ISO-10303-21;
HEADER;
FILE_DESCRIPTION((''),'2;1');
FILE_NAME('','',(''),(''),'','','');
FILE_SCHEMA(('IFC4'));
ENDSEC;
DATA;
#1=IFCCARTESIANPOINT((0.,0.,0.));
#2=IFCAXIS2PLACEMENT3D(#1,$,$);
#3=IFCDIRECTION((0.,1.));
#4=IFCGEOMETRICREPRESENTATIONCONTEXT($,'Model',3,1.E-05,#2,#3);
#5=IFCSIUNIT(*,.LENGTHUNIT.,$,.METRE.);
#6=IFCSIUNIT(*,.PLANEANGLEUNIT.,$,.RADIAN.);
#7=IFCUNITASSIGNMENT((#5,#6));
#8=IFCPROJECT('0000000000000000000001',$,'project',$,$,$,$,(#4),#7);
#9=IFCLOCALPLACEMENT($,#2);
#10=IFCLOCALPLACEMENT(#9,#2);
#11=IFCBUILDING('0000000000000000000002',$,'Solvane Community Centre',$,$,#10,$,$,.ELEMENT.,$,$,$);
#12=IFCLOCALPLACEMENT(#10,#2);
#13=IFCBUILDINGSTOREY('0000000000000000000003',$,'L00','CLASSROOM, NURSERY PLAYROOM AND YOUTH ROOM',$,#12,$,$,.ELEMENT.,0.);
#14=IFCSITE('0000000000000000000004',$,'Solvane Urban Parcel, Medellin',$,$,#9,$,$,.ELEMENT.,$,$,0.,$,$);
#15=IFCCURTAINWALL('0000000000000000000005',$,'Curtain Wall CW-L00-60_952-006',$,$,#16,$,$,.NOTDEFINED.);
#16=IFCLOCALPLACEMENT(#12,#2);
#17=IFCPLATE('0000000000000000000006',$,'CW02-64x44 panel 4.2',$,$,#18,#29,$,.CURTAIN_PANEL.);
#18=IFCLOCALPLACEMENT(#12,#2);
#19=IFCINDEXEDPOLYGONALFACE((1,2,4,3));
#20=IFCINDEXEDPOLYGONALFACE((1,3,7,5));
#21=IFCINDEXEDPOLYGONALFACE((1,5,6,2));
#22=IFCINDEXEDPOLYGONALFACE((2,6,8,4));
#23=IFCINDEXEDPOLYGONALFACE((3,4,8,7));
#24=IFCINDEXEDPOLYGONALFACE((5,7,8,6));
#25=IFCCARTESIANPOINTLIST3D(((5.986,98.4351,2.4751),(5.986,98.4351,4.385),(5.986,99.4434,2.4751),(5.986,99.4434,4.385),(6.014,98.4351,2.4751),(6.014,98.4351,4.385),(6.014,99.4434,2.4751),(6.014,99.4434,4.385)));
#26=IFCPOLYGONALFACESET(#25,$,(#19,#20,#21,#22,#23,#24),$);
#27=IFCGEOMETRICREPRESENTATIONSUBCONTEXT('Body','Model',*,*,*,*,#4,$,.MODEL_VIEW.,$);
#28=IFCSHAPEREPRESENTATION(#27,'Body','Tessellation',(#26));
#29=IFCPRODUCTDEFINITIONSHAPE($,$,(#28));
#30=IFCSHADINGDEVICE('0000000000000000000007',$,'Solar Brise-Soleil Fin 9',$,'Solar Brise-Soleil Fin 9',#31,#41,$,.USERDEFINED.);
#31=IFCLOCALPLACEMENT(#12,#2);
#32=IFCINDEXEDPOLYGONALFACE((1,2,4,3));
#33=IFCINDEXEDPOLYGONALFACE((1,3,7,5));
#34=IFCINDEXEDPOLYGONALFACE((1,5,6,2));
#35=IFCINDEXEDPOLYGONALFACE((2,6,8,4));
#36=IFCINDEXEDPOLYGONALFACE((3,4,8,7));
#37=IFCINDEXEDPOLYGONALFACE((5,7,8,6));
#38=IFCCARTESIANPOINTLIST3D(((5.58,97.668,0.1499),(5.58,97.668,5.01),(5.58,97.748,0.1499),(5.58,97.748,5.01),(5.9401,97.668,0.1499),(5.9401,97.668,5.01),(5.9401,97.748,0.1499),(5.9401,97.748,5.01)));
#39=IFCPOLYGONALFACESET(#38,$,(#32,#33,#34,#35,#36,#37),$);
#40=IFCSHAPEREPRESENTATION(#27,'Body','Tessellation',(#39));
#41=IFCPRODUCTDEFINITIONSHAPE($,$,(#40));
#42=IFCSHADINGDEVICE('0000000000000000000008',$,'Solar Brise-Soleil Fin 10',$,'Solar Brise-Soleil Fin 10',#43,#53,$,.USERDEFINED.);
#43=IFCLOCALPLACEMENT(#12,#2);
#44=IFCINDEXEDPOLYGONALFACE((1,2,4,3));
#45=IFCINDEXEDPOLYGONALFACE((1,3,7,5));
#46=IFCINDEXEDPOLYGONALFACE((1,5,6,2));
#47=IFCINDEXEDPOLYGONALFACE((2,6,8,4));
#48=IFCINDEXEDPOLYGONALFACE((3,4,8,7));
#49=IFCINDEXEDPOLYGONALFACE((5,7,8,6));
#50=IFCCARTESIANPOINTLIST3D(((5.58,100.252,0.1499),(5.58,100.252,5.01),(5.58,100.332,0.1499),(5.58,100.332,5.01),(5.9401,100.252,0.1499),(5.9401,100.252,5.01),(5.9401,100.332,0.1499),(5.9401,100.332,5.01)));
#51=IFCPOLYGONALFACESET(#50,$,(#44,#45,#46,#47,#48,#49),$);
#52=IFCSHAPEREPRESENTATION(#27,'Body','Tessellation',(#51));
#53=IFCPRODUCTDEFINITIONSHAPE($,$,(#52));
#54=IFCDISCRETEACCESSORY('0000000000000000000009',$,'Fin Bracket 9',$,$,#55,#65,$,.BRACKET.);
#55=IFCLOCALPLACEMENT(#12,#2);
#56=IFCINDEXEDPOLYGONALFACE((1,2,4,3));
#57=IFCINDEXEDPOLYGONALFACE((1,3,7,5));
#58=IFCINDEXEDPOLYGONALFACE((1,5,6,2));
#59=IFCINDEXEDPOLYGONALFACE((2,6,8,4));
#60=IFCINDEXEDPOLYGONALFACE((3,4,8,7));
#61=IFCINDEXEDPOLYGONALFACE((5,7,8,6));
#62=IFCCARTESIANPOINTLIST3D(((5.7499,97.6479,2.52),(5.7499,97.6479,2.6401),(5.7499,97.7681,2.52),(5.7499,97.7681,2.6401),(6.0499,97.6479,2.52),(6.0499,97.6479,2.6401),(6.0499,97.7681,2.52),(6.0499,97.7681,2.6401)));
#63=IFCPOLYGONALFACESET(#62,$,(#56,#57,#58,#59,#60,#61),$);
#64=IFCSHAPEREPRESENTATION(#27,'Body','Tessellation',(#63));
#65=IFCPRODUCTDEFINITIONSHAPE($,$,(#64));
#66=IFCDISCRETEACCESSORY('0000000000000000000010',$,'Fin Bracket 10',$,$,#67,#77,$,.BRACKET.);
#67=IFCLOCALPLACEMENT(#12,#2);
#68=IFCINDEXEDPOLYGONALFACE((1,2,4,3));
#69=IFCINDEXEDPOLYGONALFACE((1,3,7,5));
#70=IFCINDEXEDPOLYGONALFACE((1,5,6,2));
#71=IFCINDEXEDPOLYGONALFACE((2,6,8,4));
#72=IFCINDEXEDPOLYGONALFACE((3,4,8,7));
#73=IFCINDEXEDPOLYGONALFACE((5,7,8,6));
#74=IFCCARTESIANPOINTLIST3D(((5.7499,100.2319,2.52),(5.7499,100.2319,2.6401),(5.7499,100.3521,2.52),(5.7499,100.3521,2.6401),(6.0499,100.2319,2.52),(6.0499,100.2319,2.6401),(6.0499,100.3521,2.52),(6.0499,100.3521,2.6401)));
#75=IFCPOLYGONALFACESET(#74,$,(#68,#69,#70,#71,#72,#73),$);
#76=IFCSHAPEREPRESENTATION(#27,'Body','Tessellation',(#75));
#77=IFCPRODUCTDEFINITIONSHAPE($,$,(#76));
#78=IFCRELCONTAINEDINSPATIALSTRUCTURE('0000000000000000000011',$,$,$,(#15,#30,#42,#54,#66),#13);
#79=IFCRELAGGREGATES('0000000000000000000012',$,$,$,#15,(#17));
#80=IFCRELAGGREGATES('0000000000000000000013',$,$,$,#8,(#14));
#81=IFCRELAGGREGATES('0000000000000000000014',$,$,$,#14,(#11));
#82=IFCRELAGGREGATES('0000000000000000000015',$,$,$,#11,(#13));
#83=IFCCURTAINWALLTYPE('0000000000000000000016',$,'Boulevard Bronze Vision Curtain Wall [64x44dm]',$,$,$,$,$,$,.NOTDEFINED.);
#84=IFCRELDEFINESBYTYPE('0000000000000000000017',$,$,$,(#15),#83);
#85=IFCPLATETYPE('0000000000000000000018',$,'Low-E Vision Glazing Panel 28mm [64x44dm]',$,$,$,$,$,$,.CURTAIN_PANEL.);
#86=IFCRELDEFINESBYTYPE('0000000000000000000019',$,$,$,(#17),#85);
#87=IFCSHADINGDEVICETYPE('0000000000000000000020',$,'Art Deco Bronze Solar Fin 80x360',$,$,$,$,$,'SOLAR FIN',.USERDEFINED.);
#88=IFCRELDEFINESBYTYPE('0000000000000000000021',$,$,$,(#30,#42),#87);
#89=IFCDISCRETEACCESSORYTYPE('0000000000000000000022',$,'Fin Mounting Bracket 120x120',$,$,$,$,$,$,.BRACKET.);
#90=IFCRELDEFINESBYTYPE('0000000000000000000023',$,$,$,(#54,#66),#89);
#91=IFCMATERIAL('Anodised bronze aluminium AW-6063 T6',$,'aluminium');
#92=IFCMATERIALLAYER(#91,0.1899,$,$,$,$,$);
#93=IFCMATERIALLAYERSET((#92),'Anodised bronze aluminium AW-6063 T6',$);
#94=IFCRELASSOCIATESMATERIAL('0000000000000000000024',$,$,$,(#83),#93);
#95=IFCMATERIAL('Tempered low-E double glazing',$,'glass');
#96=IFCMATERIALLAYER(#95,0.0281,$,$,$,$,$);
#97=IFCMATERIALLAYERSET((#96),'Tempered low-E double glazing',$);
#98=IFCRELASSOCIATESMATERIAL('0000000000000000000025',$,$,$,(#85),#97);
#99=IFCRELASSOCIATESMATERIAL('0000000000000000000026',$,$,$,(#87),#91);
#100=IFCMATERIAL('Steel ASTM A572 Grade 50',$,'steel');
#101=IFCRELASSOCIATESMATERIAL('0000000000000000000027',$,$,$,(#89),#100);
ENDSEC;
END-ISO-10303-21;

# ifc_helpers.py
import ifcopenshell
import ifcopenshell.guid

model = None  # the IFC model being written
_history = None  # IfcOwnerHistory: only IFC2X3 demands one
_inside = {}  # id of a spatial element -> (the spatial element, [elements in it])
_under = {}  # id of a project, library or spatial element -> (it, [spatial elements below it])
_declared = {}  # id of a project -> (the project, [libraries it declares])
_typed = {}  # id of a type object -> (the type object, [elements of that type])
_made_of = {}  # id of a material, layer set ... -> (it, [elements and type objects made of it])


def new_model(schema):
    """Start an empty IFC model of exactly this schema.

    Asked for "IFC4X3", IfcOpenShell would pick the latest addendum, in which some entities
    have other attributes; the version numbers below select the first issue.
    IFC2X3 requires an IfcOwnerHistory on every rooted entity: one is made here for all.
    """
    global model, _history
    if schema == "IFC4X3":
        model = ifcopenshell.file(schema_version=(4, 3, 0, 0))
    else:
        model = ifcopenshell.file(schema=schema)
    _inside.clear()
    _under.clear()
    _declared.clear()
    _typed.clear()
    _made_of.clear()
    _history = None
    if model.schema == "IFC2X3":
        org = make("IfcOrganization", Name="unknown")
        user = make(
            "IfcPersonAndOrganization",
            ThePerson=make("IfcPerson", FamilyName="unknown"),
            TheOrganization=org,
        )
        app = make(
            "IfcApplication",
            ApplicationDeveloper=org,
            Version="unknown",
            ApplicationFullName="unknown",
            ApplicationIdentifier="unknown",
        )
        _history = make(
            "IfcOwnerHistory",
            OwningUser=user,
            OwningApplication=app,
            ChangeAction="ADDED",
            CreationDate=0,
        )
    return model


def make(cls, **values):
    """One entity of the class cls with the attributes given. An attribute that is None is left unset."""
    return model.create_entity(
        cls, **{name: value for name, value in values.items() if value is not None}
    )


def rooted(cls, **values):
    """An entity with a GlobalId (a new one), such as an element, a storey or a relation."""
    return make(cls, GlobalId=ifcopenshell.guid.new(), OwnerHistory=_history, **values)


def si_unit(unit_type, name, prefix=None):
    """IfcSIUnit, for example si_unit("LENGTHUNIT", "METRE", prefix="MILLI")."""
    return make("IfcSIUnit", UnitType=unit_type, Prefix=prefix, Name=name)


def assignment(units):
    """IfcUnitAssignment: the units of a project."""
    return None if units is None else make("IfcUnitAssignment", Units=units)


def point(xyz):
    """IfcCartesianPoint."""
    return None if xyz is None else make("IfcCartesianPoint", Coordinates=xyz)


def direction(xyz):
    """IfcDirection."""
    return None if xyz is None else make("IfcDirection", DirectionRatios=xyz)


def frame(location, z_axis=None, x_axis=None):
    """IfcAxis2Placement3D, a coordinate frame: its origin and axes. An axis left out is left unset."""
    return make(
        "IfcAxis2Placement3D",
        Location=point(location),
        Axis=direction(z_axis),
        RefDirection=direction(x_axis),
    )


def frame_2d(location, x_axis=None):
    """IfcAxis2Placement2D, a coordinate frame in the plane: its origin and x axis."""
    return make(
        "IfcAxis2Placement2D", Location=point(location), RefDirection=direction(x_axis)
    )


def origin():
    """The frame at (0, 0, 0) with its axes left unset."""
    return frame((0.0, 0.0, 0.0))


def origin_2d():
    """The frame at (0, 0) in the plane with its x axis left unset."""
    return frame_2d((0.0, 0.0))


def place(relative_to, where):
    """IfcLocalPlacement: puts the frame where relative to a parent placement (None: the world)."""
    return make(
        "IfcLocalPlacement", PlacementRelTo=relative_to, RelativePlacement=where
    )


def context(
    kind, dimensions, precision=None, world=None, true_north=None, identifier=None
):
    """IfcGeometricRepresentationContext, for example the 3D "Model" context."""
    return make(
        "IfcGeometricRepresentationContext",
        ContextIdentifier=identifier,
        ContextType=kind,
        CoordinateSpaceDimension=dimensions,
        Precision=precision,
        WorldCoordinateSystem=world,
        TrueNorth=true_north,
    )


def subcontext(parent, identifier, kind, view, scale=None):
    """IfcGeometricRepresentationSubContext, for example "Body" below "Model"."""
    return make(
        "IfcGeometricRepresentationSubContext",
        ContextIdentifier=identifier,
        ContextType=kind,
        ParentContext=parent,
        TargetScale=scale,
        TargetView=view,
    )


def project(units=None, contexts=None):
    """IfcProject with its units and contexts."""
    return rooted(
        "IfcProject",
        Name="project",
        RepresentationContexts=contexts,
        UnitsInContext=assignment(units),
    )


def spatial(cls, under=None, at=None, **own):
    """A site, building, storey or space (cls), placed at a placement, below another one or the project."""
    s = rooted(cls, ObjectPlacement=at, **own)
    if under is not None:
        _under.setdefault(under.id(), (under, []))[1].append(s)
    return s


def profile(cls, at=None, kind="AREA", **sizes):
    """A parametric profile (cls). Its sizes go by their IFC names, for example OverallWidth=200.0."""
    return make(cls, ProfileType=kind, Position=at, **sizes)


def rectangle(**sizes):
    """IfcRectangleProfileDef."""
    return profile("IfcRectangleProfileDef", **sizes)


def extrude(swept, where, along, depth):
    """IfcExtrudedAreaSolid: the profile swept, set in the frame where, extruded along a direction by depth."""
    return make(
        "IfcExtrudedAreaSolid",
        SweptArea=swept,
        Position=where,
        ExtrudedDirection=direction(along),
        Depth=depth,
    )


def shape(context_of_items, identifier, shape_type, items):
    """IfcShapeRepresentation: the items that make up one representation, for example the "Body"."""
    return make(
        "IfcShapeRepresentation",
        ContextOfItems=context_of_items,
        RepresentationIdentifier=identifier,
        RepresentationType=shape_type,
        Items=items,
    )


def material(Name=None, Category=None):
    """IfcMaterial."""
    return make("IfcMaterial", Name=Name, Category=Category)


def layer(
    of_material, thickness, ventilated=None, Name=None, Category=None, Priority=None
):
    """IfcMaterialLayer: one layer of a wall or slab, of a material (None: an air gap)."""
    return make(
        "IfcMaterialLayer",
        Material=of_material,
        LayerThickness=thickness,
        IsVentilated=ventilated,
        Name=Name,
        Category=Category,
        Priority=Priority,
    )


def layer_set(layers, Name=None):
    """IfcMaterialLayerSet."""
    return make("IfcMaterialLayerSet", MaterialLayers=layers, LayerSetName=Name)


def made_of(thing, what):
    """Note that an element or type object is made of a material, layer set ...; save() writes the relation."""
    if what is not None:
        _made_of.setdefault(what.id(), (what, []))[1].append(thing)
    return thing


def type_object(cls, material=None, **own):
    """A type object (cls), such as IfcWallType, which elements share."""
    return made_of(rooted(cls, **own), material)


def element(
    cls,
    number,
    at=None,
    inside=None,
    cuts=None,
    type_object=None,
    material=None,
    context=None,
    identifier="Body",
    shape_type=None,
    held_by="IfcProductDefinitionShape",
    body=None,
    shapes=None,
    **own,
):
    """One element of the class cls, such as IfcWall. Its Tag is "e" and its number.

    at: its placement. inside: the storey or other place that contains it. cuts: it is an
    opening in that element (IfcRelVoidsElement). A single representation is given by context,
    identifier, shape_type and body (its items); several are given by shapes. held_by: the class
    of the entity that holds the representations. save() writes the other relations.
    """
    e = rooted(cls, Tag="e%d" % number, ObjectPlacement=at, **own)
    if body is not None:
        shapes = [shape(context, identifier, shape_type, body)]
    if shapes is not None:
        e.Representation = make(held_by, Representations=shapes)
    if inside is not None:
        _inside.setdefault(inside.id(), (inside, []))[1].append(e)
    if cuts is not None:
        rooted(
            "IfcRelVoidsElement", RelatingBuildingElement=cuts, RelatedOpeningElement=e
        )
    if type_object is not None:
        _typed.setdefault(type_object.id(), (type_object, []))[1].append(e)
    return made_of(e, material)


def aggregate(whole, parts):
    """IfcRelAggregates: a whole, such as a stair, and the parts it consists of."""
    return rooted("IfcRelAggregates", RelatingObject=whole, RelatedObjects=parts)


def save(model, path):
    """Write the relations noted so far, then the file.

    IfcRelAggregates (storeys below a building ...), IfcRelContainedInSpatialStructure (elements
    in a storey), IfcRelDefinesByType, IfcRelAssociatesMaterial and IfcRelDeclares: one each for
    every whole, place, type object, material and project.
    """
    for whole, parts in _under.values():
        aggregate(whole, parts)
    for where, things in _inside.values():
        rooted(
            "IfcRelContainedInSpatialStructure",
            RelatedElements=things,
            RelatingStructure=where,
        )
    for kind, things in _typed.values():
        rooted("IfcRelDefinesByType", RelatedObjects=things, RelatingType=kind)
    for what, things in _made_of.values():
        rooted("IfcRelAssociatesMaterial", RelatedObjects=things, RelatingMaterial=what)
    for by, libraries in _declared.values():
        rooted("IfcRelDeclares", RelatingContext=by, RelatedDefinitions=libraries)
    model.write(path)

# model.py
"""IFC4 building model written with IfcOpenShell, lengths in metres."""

from ifc_helpers import new_model, si_unit, direction, frame, origin, origin_2d, place, context, subcontext, project, spatial, rectangle, extrude, material, layer, layer_set, type_object, element, aggregate, save


model = new_model("IFC4")

# Units and contexts
model_context = context("Model", 3, precision=1e-05, world=origin(), true_north=direction((0.0, 1.0)))
body_context = subcontext(model_context, "Body", "Model", "MODEL_VIEW")
ifc_project = project(units=[si_unit("LENGTHUNIT", "METRE"), si_unit("PLANEANGLEUNIT", "RADIAN")], contexts=[model_context])

# Site, building, storey
site_placement = place(None, origin())
site = spatial("IfcSite", under=ifc_project, at=site_placement, Name="Solvane Urban Parcel, Medellin", CompositionType="ELEMENT", RefElevation=0.0)
building_placement = place(site_placement, origin())
building = spatial("IfcBuilding", under=site, at=building_placement, Name="Solvane Community Centre", CompositionType="ELEMENT")
storey_placement = place(building_placement, origin())
storey = spatial("IfcBuildingStorey", under=building, at=storey_placement, Name="L00", Description="CLASSROOM, NURSERY PLAYROOM AND YOUTH ROOM", CompositionType="ELEMENT", Elevation=0.0)

# Curtain wall, plate
ifc_material_1 = material(Name="Anodised bronze aluminium AW-6063 T6", Category="aluminium")
ifc_layer_1 = layer(ifc_material_1, 0.1899)
ifc_layer_set_1 = layer_set([ifc_layer_1], Name="Anodised bronze aluminium AW-6063 T6")
curtain_wall_type = type_object("IfcCurtainWallType", Name="Boulevard Bronze Vision Curtain Wall [64x44dm]", PredefinedType="NOTDEFINED", material=ifc_layer_set_1)
curtain_wall_placement = place(storey_placement, origin())
curtain_wall = element("IfcCurtainWall", 1, at=curtain_wall_placement, inside=storey, type_object=curtain_wall_type, Name="Curtain Wall CW-L00-60_952-006", PredefinedType="NOTDEFINED")
ifc_material_2 = material(Name="Tempered low-E double glazing", Category="glass")
ifc_layer_2 = layer(ifc_material_2, 0.0281)
ifc_layer_set_2 = layer_set([ifc_layer_2], Name="Tempered low-E double glazing")
plate_type = type_object("IfcPlateType", Name="Low-E Vision Glazing Panel 28mm [64x44dm]", PredefinedType="CURTAIN_PANEL", material=ifc_layer_set_2)
plate_1_placement = place(storey_placement, frame((6.0, 98.9392, 2.4751), z_axis=(0.0, 0.0, 1.0), x_axis=(0.0, 1.0, 0.0)))
plate_1 = element("IfcPlate", 2, at=plate_1_placement, type_object=plate_type, Name="CW02-64x44 panel 4.2", PredefinedType="CURTAIN_PANEL", context=body_context, shape_type="SweptSolid", body=[
    extrude(rectangle(XDim=1.0083, YDim=0.0281, at=origin_2d()), origin(), (0.0, 0.0, 1.0), 1.9099),
])
aggregate(curtain_wall, [plate_1])

# Shading devices
shading_device_type = type_object("IfcShadingDeviceType", Name="Art Deco Bronze Solar Fin 80x360", ElementType="SOLAR FIN", PredefinedType="USERDEFINED", material=ifc_material_1)
shading_device_1_placement = place(storey_placement, frame((5.76, 97.708, 0.1499), z_axis=(0.0, 0.0, 1.0), x_axis=(0.0, 1.0, 0.0)))
element("IfcShadingDevice", 3, at=shading_device_1_placement, inside=storey, type_object=shading_device_type, Name="Solar Brise-Soleil Fin 9", ObjectType="Solar Brise-Soleil Fin 9", PredefinedType="USERDEFINED", context=body_context, shape_type="SweptSolid", body=[
    extrude(rectangle(XDim=0.0801, YDim=0.3601, at=origin_2d()), origin(), (0.0, 0.0, 1.0), 4.8601),
])
shading_device_2_placement = place(storey_placement, frame((5.76, 100.292, 0.1499), z_axis=(0.0, 0.0, 1.0), x_axis=(0.0, 1.0, 0.0)))
element("IfcShadingDevice", 4, at=shading_device_2_placement, inside=storey, type_object=shading_device_type, Name="Solar Brise-Soleil Fin 10", ObjectType="Solar Brise-Soleil Fin 10", PredefinedType="USERDEFINED", context=body_context, shape_type="SweptSolid", body=[
    extrude(rectangle(XDim=0.0801, YDim=0.3601, at=origin_2d()), origin(), (0.0, 0.0, 1.0), 4.8601),
])

# Discrete accessories
ifc_material_3 = material(Name="Steel ASTM A572 Grade 50", Category="steel")
discrete_accessory_type = type_object("IfcDiscreteAccessoryType", Name="Fin Mounting Bracket 120x120", PredefinedType="BRACKET", material=ifc_material_3)
for number, where, z_axis, x_axis, name in (
    (5, (5.8999, 97.708, 2.52), (0.0, 0.0, 1.0), (0.0, 1.0, 0.0), "Fin Bracket 9"),
    (6, (5.8999, 100.292, 2.52), (0.0, 0.0, 1.0), (0.0, 1.0, 0.0), "Fin Bracket 10"),
):
    element("IfcDiscreteAccessory", number, at=place(storey_placement, frame(where, z_axis=z_axis, x_axis=x_axis)), inside=storey, type_object=discrete_accessory_type, Name=name, PredefinedType="BRACKET", context=body_context, shape_type="SweptSolid", body=[
        extrude(rectangle(XDim=0.1201, YDim=0.3, at=origin_2d()), origin(), (0.0, 0.0, 1.0), 0.1201),
    ])

save(model, "model.ifc")
